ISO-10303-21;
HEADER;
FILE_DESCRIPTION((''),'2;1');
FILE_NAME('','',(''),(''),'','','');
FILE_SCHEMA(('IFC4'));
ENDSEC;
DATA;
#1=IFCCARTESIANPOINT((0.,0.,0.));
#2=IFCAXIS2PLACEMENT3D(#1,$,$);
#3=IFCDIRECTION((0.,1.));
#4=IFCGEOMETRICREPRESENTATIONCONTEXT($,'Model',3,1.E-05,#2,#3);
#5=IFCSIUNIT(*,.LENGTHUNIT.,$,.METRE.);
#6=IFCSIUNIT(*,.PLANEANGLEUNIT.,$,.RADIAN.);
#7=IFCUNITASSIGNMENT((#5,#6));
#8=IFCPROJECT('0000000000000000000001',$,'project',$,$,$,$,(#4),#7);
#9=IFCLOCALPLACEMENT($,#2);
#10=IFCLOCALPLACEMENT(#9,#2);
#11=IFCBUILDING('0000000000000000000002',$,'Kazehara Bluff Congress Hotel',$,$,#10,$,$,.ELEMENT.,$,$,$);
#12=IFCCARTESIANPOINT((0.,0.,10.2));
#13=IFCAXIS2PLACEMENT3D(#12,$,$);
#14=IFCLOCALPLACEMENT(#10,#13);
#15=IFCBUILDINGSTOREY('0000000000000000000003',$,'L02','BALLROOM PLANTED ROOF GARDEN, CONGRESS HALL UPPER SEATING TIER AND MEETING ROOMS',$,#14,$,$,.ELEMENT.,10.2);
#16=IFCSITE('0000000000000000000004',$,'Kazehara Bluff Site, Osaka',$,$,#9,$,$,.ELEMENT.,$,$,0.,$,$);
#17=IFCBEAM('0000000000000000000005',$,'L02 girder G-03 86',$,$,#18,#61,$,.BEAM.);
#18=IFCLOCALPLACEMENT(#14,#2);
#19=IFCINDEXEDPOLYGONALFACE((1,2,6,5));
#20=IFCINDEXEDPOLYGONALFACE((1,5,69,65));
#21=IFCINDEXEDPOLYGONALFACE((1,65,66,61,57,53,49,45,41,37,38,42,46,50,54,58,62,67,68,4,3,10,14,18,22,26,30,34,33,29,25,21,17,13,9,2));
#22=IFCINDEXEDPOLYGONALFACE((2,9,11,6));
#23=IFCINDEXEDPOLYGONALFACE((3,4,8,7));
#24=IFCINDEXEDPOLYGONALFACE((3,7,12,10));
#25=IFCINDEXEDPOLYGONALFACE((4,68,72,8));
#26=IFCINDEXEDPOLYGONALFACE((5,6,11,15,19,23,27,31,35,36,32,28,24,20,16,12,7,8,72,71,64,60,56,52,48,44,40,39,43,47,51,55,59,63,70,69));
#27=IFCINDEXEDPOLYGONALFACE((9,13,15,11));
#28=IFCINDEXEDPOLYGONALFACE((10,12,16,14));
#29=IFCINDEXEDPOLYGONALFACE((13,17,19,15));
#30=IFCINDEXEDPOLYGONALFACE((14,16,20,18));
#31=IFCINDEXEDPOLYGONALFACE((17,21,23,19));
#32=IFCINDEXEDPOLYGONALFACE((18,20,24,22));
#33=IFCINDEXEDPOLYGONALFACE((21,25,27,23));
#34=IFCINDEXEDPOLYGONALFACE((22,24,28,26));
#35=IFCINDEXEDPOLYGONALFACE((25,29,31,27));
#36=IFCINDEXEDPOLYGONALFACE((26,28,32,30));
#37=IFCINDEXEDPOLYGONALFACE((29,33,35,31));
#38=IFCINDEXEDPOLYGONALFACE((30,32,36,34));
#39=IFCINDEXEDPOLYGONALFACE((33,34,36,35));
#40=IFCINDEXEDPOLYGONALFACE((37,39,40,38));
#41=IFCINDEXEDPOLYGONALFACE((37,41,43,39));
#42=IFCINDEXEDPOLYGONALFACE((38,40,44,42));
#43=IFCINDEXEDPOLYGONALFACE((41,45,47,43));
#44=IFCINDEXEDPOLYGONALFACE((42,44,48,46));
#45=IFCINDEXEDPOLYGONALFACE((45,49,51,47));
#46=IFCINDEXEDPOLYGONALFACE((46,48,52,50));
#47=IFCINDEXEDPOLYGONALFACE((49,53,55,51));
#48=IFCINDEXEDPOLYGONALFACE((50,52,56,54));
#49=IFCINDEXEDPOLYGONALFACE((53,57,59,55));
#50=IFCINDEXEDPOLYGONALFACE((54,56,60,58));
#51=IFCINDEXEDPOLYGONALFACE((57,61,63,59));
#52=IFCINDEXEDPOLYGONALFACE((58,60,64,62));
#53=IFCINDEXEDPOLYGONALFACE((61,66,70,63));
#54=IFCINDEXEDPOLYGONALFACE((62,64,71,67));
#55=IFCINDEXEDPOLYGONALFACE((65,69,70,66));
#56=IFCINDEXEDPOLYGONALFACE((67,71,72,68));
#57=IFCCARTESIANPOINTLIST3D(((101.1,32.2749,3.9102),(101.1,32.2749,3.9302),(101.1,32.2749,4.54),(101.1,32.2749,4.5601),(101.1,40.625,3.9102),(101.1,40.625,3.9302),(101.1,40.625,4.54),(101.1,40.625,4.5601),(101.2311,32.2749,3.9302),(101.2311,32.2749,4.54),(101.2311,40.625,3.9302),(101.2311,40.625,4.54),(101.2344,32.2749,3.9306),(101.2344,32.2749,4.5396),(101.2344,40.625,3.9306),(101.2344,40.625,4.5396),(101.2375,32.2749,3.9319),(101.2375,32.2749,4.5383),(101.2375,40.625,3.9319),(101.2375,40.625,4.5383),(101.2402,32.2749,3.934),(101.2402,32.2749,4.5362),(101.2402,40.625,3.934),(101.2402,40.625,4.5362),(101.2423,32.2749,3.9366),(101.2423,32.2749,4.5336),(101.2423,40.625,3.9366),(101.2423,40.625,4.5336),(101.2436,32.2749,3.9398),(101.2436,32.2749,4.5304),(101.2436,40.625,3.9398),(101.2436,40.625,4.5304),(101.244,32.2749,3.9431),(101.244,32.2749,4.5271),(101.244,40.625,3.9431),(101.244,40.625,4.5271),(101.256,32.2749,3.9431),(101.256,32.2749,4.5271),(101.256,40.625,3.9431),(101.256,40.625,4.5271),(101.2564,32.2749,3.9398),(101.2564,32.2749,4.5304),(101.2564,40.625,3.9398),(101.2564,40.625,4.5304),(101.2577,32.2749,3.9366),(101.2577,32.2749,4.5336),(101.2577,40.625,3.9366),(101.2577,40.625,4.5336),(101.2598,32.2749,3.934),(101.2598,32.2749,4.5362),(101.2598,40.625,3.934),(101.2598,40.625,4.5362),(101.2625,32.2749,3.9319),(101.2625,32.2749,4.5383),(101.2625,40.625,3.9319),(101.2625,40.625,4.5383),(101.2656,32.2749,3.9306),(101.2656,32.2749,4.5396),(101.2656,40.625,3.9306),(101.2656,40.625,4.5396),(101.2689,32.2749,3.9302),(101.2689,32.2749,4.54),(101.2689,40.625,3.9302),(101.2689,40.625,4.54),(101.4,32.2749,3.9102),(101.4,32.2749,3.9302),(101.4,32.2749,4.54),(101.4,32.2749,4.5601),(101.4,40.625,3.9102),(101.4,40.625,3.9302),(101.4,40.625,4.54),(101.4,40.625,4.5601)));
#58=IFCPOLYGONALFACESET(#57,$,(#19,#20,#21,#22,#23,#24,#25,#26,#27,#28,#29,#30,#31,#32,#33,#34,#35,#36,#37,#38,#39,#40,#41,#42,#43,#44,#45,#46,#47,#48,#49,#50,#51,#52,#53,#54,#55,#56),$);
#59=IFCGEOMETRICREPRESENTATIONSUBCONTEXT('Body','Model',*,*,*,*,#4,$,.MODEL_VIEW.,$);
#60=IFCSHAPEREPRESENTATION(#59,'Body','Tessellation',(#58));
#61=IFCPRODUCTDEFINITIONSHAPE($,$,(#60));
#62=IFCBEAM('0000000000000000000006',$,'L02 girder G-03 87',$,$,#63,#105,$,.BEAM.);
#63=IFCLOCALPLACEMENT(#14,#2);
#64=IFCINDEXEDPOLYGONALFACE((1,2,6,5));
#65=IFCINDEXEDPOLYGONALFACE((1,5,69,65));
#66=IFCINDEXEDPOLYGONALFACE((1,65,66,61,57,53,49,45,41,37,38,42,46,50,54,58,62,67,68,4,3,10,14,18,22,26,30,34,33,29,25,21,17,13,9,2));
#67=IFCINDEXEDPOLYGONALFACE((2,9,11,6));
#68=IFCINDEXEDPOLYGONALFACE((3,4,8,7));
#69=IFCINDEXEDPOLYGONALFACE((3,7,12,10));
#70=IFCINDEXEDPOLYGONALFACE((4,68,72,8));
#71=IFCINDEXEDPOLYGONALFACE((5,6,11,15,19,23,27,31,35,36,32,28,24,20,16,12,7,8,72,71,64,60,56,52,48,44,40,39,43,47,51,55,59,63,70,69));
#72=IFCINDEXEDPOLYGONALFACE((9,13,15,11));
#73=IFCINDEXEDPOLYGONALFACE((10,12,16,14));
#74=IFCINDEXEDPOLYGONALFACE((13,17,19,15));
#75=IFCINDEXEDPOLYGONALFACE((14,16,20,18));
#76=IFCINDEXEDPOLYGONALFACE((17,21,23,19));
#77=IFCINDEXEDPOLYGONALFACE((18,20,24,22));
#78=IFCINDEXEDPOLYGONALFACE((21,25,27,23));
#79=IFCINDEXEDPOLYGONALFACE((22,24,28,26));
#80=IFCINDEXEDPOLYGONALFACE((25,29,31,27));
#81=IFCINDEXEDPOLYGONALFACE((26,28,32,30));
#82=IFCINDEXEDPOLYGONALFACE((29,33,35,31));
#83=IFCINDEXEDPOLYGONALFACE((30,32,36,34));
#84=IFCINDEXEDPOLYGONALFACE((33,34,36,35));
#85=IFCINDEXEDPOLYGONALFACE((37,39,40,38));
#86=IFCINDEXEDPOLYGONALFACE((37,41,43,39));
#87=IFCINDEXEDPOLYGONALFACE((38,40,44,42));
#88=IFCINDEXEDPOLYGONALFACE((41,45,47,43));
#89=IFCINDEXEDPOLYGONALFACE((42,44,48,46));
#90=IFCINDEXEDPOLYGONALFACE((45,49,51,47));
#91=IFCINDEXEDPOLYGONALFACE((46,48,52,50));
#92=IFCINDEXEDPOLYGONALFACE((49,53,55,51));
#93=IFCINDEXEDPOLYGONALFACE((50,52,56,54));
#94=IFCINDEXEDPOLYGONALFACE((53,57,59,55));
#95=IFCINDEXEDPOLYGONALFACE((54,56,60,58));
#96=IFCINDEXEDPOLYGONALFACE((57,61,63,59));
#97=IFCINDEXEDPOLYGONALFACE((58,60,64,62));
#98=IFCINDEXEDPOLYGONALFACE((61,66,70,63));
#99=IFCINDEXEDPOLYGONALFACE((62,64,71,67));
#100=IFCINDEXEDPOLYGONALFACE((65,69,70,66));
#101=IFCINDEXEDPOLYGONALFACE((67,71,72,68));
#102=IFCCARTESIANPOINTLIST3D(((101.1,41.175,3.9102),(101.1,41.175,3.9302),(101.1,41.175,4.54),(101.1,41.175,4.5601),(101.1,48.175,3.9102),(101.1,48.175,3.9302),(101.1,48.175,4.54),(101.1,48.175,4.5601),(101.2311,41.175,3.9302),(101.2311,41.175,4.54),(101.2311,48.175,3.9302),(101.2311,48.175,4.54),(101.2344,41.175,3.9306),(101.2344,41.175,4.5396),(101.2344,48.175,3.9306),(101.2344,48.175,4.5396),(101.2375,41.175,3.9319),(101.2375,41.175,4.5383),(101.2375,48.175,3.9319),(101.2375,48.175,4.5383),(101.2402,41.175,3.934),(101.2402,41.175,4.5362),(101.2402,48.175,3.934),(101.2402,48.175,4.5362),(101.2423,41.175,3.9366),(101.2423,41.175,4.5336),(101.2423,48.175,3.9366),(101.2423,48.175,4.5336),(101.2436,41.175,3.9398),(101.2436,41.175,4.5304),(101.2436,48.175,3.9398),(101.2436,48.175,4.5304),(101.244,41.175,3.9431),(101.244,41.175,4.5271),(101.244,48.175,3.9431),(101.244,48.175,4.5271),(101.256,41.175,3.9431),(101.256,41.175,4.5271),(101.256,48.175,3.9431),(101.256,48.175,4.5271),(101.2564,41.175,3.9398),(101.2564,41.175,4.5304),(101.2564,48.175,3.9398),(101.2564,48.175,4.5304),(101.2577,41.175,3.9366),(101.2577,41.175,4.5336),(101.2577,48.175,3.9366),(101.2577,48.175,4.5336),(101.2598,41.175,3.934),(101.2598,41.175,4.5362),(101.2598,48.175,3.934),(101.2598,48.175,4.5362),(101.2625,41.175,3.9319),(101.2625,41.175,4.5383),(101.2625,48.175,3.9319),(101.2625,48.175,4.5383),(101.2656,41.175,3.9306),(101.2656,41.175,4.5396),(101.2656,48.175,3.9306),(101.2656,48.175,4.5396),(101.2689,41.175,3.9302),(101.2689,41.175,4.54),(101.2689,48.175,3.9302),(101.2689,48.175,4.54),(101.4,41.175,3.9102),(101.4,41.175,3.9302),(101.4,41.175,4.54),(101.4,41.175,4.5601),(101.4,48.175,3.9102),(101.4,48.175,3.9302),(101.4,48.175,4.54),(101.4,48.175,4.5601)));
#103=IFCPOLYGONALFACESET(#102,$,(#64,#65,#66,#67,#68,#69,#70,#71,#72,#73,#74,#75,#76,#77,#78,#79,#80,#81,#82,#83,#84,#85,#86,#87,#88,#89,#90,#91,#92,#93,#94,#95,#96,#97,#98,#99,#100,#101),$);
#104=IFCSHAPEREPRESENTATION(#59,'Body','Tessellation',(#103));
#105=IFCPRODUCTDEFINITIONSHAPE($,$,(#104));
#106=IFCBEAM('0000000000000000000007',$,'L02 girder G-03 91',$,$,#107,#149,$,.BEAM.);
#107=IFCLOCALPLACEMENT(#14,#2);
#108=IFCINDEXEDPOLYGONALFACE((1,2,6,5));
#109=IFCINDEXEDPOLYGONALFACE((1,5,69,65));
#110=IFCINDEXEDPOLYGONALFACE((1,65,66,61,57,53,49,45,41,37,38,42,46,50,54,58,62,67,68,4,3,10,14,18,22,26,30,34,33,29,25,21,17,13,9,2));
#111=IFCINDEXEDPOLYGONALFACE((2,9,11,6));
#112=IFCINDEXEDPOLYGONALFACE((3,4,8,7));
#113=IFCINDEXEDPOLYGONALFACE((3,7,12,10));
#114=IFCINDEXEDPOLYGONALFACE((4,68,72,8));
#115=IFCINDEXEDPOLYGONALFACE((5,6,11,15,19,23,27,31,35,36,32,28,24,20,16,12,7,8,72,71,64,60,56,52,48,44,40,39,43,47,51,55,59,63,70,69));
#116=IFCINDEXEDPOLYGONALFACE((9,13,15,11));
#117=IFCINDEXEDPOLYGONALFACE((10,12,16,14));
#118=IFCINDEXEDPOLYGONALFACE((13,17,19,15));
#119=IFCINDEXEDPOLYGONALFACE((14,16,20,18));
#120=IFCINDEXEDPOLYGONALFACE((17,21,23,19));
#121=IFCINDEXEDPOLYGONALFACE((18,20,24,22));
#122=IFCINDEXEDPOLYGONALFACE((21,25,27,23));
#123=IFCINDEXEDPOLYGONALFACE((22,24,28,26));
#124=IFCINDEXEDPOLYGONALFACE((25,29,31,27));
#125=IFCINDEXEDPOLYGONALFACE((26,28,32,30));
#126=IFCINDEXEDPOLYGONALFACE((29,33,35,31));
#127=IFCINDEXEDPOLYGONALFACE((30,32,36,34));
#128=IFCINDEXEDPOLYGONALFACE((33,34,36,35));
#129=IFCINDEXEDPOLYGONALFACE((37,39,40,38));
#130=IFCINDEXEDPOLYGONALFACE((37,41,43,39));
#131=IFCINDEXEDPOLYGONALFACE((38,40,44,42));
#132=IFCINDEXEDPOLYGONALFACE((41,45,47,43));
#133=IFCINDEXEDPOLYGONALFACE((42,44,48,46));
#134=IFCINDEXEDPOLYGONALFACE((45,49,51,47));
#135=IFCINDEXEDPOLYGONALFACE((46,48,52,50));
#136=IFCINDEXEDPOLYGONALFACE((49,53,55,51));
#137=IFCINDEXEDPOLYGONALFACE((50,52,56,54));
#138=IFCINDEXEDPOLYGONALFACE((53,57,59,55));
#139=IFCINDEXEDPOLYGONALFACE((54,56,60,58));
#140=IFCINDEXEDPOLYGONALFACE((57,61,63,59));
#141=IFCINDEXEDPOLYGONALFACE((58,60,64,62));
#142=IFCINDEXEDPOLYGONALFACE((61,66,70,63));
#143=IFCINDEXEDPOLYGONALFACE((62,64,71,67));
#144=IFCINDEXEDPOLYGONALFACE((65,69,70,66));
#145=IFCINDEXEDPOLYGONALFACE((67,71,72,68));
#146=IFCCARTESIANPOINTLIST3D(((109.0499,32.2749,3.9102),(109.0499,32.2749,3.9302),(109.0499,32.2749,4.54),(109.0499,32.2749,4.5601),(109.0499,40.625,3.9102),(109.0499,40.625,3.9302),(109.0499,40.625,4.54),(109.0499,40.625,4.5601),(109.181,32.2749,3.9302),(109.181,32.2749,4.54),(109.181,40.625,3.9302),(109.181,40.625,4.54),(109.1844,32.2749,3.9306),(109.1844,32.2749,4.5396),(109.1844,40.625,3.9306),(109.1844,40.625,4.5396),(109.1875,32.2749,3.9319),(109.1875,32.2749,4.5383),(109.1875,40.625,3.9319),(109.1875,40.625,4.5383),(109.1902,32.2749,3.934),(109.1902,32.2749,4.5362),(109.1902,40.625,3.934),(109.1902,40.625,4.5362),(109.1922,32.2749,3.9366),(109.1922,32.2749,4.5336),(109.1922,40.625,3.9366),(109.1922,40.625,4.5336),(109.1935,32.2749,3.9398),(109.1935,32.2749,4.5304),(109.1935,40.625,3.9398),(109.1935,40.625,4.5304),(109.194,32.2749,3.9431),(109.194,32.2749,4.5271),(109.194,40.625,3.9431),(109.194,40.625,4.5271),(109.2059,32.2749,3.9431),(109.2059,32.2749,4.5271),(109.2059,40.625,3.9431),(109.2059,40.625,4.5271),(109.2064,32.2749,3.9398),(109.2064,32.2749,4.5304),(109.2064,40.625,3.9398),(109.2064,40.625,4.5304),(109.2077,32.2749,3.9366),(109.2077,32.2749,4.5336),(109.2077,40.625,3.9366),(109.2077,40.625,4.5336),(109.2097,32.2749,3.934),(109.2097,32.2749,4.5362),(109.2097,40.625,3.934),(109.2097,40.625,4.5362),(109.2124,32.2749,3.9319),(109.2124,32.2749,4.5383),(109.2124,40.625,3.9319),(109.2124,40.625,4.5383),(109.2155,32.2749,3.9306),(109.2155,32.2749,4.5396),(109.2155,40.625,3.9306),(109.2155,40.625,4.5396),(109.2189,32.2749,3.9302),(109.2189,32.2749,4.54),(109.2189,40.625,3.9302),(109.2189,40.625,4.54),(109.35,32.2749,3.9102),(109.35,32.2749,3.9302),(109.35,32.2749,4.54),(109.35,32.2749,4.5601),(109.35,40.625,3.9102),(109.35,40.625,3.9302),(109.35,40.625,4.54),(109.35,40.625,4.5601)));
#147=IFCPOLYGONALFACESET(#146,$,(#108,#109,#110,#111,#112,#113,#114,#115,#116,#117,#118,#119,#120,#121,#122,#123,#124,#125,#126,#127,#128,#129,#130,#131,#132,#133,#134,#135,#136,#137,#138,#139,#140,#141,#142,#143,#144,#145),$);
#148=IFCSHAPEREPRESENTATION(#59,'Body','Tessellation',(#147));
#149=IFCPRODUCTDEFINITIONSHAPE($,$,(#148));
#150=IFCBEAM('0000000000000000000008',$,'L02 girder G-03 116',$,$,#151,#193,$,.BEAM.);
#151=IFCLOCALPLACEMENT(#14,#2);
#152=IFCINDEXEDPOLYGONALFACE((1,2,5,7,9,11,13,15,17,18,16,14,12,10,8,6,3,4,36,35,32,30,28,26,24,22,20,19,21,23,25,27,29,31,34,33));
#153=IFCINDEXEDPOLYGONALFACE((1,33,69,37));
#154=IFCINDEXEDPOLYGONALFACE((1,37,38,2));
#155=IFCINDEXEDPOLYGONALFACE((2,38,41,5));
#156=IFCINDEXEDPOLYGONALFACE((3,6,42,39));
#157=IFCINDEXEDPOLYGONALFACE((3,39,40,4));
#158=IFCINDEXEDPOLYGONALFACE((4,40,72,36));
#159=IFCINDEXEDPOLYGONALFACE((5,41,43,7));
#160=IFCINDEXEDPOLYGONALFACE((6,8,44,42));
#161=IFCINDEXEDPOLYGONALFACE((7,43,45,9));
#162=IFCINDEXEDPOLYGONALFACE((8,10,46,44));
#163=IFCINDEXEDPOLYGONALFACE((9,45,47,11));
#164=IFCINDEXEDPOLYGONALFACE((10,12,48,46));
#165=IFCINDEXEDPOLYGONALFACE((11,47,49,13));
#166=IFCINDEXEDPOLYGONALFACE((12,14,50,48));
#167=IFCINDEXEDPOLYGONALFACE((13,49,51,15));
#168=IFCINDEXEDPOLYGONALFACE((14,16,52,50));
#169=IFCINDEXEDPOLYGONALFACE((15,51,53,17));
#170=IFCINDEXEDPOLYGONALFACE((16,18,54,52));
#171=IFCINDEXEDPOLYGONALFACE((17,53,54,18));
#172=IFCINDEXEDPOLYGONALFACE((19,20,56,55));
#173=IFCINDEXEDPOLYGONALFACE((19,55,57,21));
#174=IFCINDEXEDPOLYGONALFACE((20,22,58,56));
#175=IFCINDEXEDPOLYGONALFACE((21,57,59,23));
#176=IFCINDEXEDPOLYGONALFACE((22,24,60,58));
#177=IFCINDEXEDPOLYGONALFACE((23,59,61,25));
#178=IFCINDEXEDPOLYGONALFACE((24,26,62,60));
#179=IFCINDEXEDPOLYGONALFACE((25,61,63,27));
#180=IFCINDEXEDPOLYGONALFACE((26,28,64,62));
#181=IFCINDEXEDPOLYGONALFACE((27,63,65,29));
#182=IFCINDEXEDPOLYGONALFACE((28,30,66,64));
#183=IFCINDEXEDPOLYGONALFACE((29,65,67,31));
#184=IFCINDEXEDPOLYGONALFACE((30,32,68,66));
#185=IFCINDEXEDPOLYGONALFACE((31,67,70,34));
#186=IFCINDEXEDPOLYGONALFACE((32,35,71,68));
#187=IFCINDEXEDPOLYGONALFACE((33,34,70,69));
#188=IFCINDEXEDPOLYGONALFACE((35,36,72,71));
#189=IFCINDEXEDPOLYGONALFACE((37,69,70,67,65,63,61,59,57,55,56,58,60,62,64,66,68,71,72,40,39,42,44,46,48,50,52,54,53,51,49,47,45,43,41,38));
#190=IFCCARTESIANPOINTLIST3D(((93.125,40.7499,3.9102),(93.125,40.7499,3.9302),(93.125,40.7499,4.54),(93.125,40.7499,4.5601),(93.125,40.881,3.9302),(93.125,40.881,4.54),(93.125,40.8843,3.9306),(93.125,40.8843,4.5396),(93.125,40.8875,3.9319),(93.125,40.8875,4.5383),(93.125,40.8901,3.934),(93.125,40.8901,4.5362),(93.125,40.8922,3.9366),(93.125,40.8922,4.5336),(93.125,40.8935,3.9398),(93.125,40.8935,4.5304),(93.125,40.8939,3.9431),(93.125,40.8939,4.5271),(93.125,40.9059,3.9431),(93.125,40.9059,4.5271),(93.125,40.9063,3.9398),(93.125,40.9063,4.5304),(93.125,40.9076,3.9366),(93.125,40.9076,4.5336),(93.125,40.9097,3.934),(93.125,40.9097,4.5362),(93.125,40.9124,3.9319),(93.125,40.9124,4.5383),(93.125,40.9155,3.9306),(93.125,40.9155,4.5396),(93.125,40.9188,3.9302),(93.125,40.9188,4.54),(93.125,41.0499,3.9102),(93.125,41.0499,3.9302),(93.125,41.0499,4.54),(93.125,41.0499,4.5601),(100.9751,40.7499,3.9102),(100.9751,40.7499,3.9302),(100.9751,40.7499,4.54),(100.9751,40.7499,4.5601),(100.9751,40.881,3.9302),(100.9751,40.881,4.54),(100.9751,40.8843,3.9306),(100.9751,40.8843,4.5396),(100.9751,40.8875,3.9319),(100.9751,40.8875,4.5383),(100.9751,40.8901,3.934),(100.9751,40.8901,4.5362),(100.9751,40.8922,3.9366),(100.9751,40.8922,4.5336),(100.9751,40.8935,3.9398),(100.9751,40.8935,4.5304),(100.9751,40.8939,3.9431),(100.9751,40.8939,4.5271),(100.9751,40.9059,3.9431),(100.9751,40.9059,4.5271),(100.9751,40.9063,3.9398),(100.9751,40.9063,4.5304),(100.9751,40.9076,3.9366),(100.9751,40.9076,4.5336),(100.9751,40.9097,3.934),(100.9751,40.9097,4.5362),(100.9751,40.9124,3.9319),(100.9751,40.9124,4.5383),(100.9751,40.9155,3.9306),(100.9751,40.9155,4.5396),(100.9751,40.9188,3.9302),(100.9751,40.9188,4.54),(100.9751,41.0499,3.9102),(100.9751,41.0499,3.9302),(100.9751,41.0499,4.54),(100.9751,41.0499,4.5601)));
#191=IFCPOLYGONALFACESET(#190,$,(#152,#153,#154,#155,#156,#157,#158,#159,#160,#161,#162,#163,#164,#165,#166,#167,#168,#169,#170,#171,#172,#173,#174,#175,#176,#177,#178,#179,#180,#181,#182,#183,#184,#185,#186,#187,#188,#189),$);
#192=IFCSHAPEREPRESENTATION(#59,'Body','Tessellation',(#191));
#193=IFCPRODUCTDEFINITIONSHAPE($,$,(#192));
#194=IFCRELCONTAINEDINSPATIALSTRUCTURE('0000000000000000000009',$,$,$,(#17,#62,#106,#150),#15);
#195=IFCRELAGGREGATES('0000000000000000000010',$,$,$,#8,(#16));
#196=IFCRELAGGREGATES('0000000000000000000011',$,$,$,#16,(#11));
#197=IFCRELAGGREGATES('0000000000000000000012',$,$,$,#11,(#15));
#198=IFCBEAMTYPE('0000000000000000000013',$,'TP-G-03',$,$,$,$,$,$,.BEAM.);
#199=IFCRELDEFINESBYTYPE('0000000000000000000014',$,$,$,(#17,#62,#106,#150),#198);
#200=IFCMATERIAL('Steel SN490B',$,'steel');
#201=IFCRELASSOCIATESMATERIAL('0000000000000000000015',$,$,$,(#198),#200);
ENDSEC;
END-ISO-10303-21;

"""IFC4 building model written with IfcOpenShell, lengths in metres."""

from ifc_helpers import new_model, si_unit, direction, frame, origin, origin_2d, place, context, subcontext, project, spatial, i_section, extrude, material, material_profile, profile_set, type_object, element, save


model = new_model("IFC4")

# Units and contexts
model_context = context("Model", 3, precision=1e-05, world=origin(), true_north=direction((0.0, 1.0)))
body_context = subcontext(model_context, "Body", "Model", "MODEL_VIEW")
ifc_project = project(units=[si_unit("LENGTHUNIT", "METRE"), si_unit("PLANEANGLEUNIT", "RADIAN")], contexts=[model_context])

# Site, building, storey
site_placement = place(None, origin())
site = spatial("IfcSite", under=ifc_project, at=site_placement, Name="Kazehara Bluff Site, Osaka", CompositionType="ELEMENT", RefElevation=0.0)
building_placement = place(site_placement, origin())
building = spatial("IfcBuilding", under=site, at=building_placement, Name="Kazehara Bluff Congress Hotel", CompositionType="ELEMENT")
storey_placement = place(building_placement, frame((0.0, 0.0, 10.2)))
storey = spatial("IfcBuildingStorey", under=building, at=storey_placement, Name="L02", Description="BALLROOM PLANTED ROOF GARDEN, CONGRESS HALL UPPER SEATING TIER AND MEETING ROOMS", CompositionType="ELEMENT", Elevation=10.2)

# Beams
ifc_material_1 = material(Name="Steel SN490B", Category="steel")
ifc_material_profile_1 = material_profile(ifc_material_1, i_section(OverallWidth=0.3, OverallDepth=0.6499, WebThickness=0.012, FlangeThickness=0.02, FilletRadius=0.0129, at=origin_2d()))
ifc_profile_set_1 = profile_set([ifc_material_profile_1], Name="Steel SN490B")
beam_type_1 = type_object("IfcBeamType", Name="TP-G-03", PredefinedType="BEAM", material=ifc_profile_set_1)
beam_1_placement = place(storey_placement, frame((101.25, 32.2749, 4.2351), z_axis=(0.0, 1.0, 0.0), x_axis=(-1.0, 0.0, 0.0)))
element("IfcBeam", 1, at=beam_1_placement, inside=storey, type_object=beam_type_1, Name="L02 girder G-03 86", PredefinedType="BEAM", context=body_context, shape_type="SweptSolid", body=[
    extrude(i_section(OverallWidth=0.3, OverallDepth=0.6499, WebThickness=0.012, FlangeThickness=0.02, FilletRadius=0.0129, at=origin_2d()), origin(), (0.0, 0.0, 1.0), 8.3501),
])
beam_2_placement = place(storey_placement, frame((101.25, 41.175, 4.2351), z_axis=(0.0, 1.0, 0.0), x_axis=(-1.0, 0.0, 0.0)))
element("IfcBeam", 2, at=beam_2_placement, inside=storey, type_object=beam_type_1, Name="L02 girder G-03 87", PredefinedType="BEAM", context=body_context, shape_type="SweptSolid", body=[
    extrude(i_section(OverallWidth=0.3, OverallDepth=0.6499, WebThickness=0.012, FlangeThickness=0.02, FilletRadius=0.0129, at=origin_2d()), origin(), (0.0, 0.0, 1.0), 7.0),
])
beam_3_placement = place(storey_placement, frame((109.2, 32.2749, 4.2351), z_axis=(0.0, 1.0, 0.0), x_axis=(-1.0, 0.0, 0.0)))
element("IfcBeam", 3, at=beam_3_placement, inside=storey, type_object=beam_type_1, Name="L02 girder G-03 91", PredefinedType="BEAM", context=body_context, shape_type="SweptSolid", body=[
    extrude(i_section(OverallWidth=0.3, OverallDepth=0.6499, WebThickness=0.012, FlangeThickness=0.02, FilletRadius=0.0129, at=origin_2d()), origin(), (0.0, 0.0, 1.0), 8.3501),
])
beam_4_placement = place(storey_placement, frame((93.125, 40.8999, 4.2351), z_axis=(1.0, 0.0, 0.0), x_axis=(0.0, 1.0, 0.0)))
element("IfcBeam", 4, at=beam_4_placement, inside=storey, type_object=beam_type_1, Name="L02 girder G-03 116", PredefinedType="BEAM", context=body_context, shape_type="SweptSolid", body=[
    extrude(i_section(OverallWidth=0.3, OverallDepth=0.6499, WebThickness=0.012, FlangeThickness=0.02, FilletRadius=0.0129, at=origin_2d()), origin(), (0.0, 0.0, 1.0), 7.8501),
])

save(model, "model.ifc")
